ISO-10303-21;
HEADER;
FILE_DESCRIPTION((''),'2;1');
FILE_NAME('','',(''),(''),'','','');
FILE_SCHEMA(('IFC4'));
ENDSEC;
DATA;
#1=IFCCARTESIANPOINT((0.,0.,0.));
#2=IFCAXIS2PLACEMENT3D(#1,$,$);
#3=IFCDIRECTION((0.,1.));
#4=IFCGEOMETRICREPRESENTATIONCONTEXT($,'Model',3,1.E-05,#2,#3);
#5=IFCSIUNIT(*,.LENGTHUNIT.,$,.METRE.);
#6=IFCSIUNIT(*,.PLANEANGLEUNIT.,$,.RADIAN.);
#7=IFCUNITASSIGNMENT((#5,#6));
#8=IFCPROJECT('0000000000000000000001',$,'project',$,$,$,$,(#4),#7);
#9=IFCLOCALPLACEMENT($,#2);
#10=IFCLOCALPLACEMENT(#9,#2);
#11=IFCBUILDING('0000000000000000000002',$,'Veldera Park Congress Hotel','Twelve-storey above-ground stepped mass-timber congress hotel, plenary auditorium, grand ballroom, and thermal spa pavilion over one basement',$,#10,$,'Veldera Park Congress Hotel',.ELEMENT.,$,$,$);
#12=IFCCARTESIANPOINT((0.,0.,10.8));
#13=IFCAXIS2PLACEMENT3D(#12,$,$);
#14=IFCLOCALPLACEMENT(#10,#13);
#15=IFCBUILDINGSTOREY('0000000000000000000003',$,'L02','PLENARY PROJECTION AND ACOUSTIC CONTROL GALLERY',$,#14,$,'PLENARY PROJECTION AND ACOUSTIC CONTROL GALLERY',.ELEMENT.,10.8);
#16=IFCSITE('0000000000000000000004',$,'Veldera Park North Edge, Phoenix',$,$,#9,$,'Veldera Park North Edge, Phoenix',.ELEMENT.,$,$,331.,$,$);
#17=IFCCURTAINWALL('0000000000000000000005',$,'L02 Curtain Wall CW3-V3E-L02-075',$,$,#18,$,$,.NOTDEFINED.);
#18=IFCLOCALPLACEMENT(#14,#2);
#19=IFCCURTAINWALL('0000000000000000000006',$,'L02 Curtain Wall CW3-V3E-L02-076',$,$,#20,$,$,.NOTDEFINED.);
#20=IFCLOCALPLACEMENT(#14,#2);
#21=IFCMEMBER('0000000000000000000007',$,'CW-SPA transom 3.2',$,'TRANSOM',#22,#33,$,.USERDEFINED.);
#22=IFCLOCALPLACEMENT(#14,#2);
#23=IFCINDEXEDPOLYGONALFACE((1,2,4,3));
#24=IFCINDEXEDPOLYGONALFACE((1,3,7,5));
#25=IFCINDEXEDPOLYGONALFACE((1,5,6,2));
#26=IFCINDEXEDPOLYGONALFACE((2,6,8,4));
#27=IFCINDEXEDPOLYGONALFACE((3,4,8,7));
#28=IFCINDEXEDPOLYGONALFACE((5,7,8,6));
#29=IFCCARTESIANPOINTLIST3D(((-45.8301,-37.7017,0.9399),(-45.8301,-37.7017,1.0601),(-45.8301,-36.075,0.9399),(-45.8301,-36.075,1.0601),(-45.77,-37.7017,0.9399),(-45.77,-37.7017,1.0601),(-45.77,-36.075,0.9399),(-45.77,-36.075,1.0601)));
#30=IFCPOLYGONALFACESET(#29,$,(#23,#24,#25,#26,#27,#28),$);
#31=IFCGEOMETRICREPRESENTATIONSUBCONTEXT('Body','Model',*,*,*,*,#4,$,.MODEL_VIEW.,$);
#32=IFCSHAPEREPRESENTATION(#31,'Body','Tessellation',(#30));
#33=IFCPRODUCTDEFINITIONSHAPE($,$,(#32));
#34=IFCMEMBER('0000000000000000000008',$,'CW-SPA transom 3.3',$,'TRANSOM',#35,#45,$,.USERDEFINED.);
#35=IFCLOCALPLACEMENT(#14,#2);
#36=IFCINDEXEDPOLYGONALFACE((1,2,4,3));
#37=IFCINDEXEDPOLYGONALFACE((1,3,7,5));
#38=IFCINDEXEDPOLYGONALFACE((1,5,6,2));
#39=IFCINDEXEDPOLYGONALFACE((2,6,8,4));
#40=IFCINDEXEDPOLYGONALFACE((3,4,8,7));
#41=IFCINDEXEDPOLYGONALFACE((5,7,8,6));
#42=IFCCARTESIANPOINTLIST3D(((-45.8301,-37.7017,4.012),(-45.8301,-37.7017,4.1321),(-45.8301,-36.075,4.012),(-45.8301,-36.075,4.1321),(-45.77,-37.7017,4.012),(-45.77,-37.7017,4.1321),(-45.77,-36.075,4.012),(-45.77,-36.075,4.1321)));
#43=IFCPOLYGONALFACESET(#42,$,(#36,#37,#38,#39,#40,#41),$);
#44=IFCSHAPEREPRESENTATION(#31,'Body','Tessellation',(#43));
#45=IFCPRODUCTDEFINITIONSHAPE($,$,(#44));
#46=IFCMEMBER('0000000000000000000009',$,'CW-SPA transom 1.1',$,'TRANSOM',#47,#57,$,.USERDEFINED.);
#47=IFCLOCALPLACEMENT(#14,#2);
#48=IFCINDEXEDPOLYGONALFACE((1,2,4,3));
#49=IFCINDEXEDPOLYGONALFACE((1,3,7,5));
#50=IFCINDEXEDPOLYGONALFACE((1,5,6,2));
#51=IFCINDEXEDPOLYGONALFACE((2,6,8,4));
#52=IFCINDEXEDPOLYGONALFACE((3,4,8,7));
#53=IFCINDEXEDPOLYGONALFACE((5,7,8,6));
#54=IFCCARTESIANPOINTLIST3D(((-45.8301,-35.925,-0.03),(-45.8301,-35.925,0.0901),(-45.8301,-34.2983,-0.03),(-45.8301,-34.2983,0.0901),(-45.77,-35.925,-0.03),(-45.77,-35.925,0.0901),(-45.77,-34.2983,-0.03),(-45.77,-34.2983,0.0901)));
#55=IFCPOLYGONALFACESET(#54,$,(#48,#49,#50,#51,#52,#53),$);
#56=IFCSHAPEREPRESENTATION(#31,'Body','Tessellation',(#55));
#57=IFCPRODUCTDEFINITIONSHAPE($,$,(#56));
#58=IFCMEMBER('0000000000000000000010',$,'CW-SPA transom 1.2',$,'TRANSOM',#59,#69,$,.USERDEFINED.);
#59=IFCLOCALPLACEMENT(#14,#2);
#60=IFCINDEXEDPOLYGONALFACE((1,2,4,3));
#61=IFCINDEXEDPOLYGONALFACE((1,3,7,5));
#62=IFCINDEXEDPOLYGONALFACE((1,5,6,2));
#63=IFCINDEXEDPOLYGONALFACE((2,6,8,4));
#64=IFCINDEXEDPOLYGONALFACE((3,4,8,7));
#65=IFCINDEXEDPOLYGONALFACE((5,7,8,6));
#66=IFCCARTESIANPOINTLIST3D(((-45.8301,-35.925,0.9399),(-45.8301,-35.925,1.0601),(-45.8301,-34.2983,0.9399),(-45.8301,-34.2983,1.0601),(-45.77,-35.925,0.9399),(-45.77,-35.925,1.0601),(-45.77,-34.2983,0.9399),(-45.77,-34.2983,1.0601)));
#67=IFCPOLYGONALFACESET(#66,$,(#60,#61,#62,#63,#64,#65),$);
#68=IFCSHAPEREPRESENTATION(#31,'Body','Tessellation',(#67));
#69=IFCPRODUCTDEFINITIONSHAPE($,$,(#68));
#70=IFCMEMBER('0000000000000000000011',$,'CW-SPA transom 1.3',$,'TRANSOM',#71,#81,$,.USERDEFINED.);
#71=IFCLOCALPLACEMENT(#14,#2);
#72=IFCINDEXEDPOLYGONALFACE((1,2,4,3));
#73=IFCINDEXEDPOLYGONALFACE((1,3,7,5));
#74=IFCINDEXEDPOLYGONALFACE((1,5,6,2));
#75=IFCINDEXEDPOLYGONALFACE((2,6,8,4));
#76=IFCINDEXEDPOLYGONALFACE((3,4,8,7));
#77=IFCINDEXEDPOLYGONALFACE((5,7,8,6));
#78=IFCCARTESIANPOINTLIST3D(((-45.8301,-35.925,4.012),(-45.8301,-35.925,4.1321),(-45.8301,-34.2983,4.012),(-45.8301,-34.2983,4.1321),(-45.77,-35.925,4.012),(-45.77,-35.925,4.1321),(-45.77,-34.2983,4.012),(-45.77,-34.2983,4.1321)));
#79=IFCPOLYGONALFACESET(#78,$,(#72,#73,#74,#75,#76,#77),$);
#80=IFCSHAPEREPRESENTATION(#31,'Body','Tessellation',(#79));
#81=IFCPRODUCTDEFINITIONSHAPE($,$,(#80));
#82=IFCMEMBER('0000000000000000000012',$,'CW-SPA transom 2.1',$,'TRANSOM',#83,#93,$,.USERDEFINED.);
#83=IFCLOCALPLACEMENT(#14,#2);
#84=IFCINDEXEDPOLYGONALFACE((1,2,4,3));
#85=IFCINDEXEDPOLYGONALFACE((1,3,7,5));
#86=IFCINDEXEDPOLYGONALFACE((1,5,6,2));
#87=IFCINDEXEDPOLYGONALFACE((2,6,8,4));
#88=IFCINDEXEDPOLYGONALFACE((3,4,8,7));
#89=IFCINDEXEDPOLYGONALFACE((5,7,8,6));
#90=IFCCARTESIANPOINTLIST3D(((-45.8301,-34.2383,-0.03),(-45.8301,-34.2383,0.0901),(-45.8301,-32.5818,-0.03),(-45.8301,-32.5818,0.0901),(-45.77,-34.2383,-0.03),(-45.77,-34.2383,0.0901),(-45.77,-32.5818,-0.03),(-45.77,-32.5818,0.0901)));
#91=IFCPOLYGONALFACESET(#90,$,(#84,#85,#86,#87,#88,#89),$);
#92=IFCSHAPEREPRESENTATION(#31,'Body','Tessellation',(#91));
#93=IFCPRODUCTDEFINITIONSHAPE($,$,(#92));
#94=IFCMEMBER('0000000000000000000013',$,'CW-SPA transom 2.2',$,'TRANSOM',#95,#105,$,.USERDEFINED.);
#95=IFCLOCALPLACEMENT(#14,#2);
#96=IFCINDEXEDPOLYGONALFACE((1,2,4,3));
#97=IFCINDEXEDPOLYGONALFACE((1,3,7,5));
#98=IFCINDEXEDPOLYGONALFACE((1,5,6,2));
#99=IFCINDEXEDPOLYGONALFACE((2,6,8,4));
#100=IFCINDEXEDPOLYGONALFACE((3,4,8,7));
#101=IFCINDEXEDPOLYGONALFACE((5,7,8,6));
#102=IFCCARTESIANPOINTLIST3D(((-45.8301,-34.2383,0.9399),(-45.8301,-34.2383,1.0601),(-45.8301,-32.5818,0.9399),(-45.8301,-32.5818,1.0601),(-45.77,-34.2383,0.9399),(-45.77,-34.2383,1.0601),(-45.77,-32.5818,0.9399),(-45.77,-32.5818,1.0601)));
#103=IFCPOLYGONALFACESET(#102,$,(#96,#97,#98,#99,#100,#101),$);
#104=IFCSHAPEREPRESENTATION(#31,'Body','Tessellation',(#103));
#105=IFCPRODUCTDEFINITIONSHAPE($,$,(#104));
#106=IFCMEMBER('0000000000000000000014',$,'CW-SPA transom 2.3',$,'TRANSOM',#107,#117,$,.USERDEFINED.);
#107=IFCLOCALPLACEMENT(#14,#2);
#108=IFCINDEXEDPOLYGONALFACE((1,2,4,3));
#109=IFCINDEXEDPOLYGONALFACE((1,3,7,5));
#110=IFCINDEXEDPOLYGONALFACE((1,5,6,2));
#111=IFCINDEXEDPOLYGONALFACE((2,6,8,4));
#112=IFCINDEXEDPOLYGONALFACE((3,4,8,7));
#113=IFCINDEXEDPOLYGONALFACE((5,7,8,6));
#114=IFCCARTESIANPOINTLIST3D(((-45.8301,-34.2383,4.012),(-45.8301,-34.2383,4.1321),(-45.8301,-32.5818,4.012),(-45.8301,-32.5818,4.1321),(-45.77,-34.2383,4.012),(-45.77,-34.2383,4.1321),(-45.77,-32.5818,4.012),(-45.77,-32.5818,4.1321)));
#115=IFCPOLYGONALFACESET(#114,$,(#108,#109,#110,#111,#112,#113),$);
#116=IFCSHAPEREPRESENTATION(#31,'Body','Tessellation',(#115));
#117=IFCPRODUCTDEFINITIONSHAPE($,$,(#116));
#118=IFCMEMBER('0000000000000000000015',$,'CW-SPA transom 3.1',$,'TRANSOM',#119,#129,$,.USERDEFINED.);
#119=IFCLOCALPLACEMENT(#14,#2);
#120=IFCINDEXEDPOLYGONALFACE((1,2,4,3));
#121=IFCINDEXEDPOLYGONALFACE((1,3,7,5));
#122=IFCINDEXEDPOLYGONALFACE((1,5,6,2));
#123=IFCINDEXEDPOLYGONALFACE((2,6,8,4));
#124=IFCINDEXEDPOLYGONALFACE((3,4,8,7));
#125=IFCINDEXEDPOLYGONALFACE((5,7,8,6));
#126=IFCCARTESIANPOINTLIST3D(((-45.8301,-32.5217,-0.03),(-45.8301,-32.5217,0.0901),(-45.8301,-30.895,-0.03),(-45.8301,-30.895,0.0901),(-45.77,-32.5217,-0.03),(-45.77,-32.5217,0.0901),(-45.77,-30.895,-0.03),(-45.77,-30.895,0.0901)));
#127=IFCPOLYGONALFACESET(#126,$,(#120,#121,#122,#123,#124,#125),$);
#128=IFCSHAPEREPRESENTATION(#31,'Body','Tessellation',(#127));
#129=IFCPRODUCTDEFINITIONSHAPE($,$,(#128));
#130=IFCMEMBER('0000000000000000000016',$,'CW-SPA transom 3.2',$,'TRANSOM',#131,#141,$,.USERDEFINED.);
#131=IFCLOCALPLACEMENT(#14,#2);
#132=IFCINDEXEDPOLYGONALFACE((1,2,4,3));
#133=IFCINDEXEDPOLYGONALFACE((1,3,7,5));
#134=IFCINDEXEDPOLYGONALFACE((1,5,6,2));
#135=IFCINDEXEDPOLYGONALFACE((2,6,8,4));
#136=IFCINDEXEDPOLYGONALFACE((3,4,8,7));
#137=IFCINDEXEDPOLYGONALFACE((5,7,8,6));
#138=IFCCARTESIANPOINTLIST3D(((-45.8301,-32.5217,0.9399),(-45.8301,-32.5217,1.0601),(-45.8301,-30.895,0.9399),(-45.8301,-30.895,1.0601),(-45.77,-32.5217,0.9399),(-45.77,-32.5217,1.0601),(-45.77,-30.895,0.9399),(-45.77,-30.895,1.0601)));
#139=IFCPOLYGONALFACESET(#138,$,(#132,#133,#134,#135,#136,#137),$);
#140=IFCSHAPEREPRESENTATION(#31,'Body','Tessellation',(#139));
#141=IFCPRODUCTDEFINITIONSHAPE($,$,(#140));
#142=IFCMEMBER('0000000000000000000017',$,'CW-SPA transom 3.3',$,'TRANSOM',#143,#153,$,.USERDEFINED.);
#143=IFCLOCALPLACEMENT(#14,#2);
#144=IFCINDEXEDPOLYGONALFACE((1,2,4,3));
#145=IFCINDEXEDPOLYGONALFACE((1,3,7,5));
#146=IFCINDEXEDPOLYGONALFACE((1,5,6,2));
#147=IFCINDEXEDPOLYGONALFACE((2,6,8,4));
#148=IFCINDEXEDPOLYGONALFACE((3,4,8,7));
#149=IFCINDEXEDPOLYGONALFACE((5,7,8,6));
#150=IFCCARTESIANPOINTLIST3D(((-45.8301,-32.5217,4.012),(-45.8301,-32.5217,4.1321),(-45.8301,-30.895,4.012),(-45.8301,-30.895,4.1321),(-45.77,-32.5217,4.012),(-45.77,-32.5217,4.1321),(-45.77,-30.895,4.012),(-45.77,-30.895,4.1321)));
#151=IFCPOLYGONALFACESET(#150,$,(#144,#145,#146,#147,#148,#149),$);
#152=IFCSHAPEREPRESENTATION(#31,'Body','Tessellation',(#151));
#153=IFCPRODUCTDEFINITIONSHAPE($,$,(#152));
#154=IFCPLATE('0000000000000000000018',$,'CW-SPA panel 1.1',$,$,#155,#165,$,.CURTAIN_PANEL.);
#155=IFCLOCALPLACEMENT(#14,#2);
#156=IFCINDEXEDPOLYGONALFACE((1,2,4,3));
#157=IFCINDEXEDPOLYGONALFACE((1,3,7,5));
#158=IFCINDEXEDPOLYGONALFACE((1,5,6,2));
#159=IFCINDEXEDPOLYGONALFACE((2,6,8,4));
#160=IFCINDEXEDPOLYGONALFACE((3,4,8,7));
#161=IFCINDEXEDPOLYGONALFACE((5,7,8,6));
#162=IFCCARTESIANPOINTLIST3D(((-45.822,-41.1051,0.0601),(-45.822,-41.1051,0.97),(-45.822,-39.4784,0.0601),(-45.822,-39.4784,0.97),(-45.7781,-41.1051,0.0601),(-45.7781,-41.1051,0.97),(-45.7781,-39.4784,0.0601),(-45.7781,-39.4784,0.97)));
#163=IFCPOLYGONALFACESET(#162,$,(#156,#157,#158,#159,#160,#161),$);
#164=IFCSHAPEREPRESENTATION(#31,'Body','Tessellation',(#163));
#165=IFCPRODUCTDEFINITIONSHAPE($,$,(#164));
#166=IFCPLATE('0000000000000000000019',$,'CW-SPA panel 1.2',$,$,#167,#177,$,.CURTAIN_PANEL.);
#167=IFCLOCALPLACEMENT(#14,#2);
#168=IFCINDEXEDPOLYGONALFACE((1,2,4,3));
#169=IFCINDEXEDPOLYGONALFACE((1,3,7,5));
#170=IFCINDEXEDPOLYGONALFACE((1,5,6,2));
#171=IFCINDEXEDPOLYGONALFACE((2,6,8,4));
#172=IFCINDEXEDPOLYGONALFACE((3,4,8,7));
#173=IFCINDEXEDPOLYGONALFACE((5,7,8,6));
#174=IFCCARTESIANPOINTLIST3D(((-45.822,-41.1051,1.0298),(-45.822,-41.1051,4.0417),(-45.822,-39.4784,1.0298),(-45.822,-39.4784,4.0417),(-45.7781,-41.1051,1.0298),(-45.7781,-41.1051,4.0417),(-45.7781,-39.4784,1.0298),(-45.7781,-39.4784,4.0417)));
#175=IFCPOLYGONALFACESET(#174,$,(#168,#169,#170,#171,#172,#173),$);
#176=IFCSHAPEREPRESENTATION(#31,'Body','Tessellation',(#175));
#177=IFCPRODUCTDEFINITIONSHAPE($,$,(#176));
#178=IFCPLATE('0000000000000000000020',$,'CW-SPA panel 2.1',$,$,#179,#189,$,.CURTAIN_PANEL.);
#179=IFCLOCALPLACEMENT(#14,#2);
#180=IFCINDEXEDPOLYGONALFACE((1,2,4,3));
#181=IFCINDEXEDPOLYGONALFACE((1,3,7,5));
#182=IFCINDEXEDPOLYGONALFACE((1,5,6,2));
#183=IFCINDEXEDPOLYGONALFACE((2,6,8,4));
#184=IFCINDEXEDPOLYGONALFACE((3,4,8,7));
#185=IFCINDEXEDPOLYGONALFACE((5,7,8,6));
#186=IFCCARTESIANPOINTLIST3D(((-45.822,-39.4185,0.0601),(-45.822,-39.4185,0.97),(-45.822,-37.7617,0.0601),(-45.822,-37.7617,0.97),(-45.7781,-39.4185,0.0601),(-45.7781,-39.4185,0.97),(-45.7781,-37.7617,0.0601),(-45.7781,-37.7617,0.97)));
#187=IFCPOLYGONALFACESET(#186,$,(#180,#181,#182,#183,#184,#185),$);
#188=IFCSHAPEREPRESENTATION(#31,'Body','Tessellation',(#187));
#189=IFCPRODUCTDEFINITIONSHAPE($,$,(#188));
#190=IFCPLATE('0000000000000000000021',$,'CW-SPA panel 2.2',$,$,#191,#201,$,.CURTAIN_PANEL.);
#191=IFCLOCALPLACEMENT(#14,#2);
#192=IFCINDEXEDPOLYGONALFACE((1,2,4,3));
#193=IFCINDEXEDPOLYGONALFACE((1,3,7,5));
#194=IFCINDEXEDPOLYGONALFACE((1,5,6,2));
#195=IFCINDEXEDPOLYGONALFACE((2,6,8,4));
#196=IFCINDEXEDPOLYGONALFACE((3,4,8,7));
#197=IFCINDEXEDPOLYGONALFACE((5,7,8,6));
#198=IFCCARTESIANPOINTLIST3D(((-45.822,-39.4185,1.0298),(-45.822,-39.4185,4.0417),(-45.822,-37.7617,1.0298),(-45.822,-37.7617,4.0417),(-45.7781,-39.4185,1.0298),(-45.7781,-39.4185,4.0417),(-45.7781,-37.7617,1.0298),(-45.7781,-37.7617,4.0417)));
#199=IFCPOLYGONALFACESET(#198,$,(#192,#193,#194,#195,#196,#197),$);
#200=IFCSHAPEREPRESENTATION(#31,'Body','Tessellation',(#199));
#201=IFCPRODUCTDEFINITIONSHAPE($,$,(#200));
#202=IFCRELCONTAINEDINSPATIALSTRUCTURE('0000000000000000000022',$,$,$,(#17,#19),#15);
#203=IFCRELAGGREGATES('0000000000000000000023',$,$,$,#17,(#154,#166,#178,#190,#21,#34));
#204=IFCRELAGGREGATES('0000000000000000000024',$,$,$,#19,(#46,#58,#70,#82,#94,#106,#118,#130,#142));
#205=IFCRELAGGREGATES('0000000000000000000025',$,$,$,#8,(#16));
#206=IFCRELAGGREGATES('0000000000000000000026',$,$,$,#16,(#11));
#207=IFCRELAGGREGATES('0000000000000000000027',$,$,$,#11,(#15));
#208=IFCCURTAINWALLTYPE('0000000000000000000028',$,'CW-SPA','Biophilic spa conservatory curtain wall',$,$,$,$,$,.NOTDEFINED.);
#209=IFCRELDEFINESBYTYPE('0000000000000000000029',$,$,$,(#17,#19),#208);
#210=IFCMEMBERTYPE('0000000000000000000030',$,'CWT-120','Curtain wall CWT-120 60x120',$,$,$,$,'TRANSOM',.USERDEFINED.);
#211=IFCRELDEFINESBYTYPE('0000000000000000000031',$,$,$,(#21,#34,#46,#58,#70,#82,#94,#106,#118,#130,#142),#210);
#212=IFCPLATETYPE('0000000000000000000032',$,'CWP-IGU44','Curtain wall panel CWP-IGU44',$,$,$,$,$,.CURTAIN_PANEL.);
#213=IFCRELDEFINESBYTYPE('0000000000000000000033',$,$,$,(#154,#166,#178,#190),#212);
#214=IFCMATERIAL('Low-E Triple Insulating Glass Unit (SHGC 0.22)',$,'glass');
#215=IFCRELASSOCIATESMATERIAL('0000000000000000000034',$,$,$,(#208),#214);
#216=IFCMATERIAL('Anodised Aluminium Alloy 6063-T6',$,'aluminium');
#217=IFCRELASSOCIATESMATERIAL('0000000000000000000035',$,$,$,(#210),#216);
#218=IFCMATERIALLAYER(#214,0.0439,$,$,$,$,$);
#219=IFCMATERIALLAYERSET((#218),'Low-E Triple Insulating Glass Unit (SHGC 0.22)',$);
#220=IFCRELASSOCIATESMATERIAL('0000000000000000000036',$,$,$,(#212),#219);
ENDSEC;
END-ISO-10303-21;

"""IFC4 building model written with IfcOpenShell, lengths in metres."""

from ifc_helpers import new_model, si_unit, direction, frame, origin, origin_2d, place, context, subcontext, project, spatial, rectangle, extrude, material, layer, layer_set, material_profile, profile_set, type_object, element, aggregate, save


model = new_model("IFC4")

# Units and contexts
model_context = context("Model", 3, precision=1e-05, world=origin(), true_north=direction((0.0, 1.0)))
body_context = subcontext(model_context, "Body", "Model", "MODEL_VIEW")
ifc_project = project(units=[si_unit("LENGTHUNIT", "METRE"), si_unit("PLANEANGLEUNIT", "RADIAN")], contexts=[model_context])

# Site, building, storey
site_placement = place(None, origin())
site = spatial("IfcSite", under=ifc_project, at=site_placement, Name="Veldera Park North Edge, Phoenix", LongName="Veldera Park North Edge, Phoenix", CompositionType="ELEMENT", RefElevation=331.0)
building_placement = place(site_placement, origin())
building = spatial("IfcBuilding", under=site, at=building_placement, Name="Veldera Park Congress Hotel", Description="Twelve-storey above-ground stepped mass-timber congress hotel, plenary auditorium, grand ballroom, and thermal spa pavilion over one basement", LongName="Veldera Park Congress Hotel", CompositionType="ELEMENT")
storey_placement = place(building_placement, frame((0.0, 0.0, 10.8)))
storey = spatial("IfcBuildingStorey", under=building, at=storey_placement, Name="L02", Description="PLENARY PROJECTION AND ACOUSTIC CONTROL GALLERY", LongName="PLENARY PROJECTION AND ACOUSTIC CONTROL GALLERY", CompositionType="ELEMENT", Elevation=10.8)

# Curtain walls
ifc_material_1 = material(Name="Low-E Triple Insulating Glass Unit (SHGC 0.22)", Category="glass")
curtain_wall_type = type_object("IfcCurtainWallType", Name="CW-SPA", Description="Biophilic spa conservatory curtain wall", PredefinedType="NOTDEFINED", material=ifc_material_1)
curtain_wall_1_placement = place(storey_placement, origin())
curtain_wall_1 = element("IfcCurtainWall", 1, at=curtain_wall_1_placement, inside=storey, type_object=curtain_wall_type, Name="L02 Curtain Wall CW3-V3E-L02-075", PredefinedType="NOTDEFINED")
ifc_material_2 = material(Name="Anodised Aluminium Alloy 6063-T6", Category="aluminium")
curtain_wall_2_placement = place(storey_placement, origin())
curtain_wall_2 = element("IfcCurtainWall", 2, at=curtain_wall_2_placement, inside=storey, type_object=curtain_wall_type, Name="L02 Curtain Wall CW3-V3E-L02-076", PredefinedType="NOTDEFINED")

# Members
ifc_material_profile_1 = material_profile(ifc_material_2, rectangle(XDim=0.0601, YDim=0.1201, at=origin_2d()), Name="ALU 60x120")
ifc_profile_set_1 = profile_set([ifc_material_profile_1], Name="Anodised Aluminium Alloy 6063-T6")
member_type_1 = type_object("IfcMemberType", Name="CWT-120", Description="Curtain wall CWT-120 60x120", ElementType="TRANSOM", PredefinedType="USERDEFINED", material=ifc_profile_set_1)
member_1_placement = place(storey_placement, frame((-45.8, -37.7017, 1.0), z_axis=(0.0, 1.0, 0.0), x_axis=(-1.0, 0.0, 0.0)))
member_1 = element("IfcMember", 3, at=member_1_placement, type_object=member_type_1, Name="CW-SPA transom 3.2", ObjectType="TRANSOM", PredefinedType="USERDEFINED", context=body_context, shape_type="SweptSolid", body=[
    extrude(rectangle(XDim=0.0601, YDim=0.1201, at=origin_2d()), origin(), (0.0, 0.0, 1.0), 1.6267),
])
member_2_placement = place(storey_placement, frame((-45.8, -37.7017, 4.072), z_axis=(0.0, 1.0, 0.0), x_axis=(-1.0, 0.0, 0.0)))
member_2 = element("IfcMember", 4, at=member_2_placement, type_object=member_type_1, Name="CW-SPA transom 3.3", ObjectType="TRANSOM", PredefinedType="USERDEFINED", context=body_context, shape_type="SweptSolid", body=[
    extrude(rectangle(XDim=0.0601, YDim=0.1201, at=origin_2d()), origin(), (0.0, 0.0, 1.0), 1.6267),
])
member_3_placement = place(storey_placement, frame((-45.8, -35.925, 0.03), z_axis=(0.0, 1.0, 0.0), x_axis=(-1.0, 0.0, 0.0)))
member_3 = element("IfcMember", 5, at=member_3_placement, type_object=member_type_1, Name="CW-SPA transom 1.1", ObjectType="TRANSOM", PredefinedType="USERDEFINED", context=body_context, shape_type="SweptSolid", body=[
    extrude(rectangle(XDim=0.0601, YDim=0.1201, at=origin_2d()), origin(), (0.0, 0.0, 1.0), 1.6267),
])
member_4_placement = place(storey_placement, frame((-45.8, -35.925, 1.0), z_axis=(0.0, 1.0, 0.0), x_axis=(-1.0, 0.0, 0.0)))
member_4 = element("IfcMember", 6, at=member_4_placement, type_object=member_type_1, Name="CW-SPA transom 1.2", ObjectType="TRANSOM", PredefinedType="USERDEFINED", context=body_context, shape_type="SweptSolid", body=[
    extrude(rectangle(XDim=0.0601, YDim=0.1201, at=origin_2d()), origin(), (0.0, 0.0, 1.0), 1.6267),
])
member_5_placement = place(storey_placement, frame((-45.8, -35.925, 4.072), z_axis=(0.0, 1.0, 0.0), x_axis=(-1.0, 0.0, 0.0)))
member_5 = element("IfcMember", 7, at=member_5_placement, type_object=member_type_1, Name="CW-SPA transom 1.3", ObjectType="TRANSOM", PredefinedType="USERDEFINED", context=body_context, shape_type="SweptSolid", body=[
    extrude(rectangle(XDim=0.0601, YDim=0.1201, at=origin_2d()), origin(), (0.0, 0.0, 1.0), 1.6267),
])
member_6_placement = place(storey_placement, frame((-45.8, -34.2383, 0.03), z_axis=(0.0, 1.0, 0.0), x_axis=(-1.0, 0.0, 0.0)))
member_6 = element("IfcMember", 8, at=member_6_placement, type_object=member_type_1, Name="CW-SPA transom 2.1", ObjectType="TRANSOM", PredefinedType="USERDEFINED", context=body_context, shape_type="SweptSolid", body=[
    extrude(rectangle(XDim=0.0601, YDim=0.1201, at=origin_2d()), origin(), (0.0, 0.0, 1.0), 1.6565),
])
member_7_placement = place(storey_placement, frame((-45.8, -34.2383, 1.0), z_axis=(0.0, 1.0, 0.0), x_axis=(-1.0, 0.0, 0.0)))
member_7 = element("IfcMember", 9, at=member_7_placement, type_object=member_type_1, Name="CW-SPA transom 2.2", ObjectType="TRANSOM", PredefinedType="USERDEFINED", context=body_context, shape_type="SweptSolid", body=[
    extrude(rectangle(XDim=0.0601, YDim=0.1201, at=origin_2d()), origin(), (0.0, 0.0, 1.0), 1.6565),
])
member_8_placement = place(storey_placement, frame((-45.8, -34.2383, 4.072), z_axis=(0.0, 1.0, 0.0), x_axis=(-1.0, 0.0, 0.0)))
member_8 = element("IfcMember", 10, at=member_8_placement, type_object=member_type_1, Name="CW-SPA transom 2.3", ObjectType="TRANSOM", PredefinedType="USERDEFINED", context=body_context, shape_type="SweptSolid", body=[
    extrude(rectangle(XDim=0.0601, YDim=0.1201, at=origin_2d()), origin(), (0.0, 0.0, 1.0), 1.6565),
])
member_9_placement = place(storey_placement, frame((-45.8, -32.5217, 0.03), z_axis=(0.0, 1.0, 0.0), x_axis=(-1.0, 0.0, 0.0)))
member_9 = element("IfcMember", 11, at=member_9_placement, type_object=member_type_1, Name="CW-SPA transom 3.1", ObjectType="TRANSOM", PredefinedType="USERDEFINED", context=body_context, shape_type="SweptSolid", body=[
    extrude(rectangle(XDim=0.0601, YDim=0.1201, at=origin_2d()), origin(), (0.0, 0.0, 1.0), 1.6267),
])
member_10_placement = place(storey_placement, frame((-45.8, -32.5217, 1.0), z_axis=(0.0, 1.0, 0.0), x_axis=(-1.0, 0.0, 0.0)))
member_10 = element("IfcMember", 12, at=member_10_placement, type_object=member_type_1, Name="CW-SPA transom 3.2", ObjectType="TRANSOM", PredefinedType="USERDEFINED", context=body_context, shape_type="SweptSolid", body=[
    extrude(rectangle(XDim=0.0601, YDim=0.1201, at=origin_2d()), origin(), (0.0, 0.0, 1.0), 1.6267),
])
member_11_placement = place(storey_placement, frame((-45.8, -32.5217, 4.072), z_axis=(0.0, 1.0, 0.0), x_axis=(-1.0, 0.0, 0.0)))
member_11 = element("IfcMember", 13, at=member_11_placement, type_object=member_type_1, Name="CW-SPA transom 3.3", ObjectType="TRANSOM", PredefinedType="USERDEFINED", context=body_context, shape_type="SweptSolid", body=[
    extrude(rectangle(XDim=0.0601, YDim=0.1201, at=origin_2d()), origin(), (0.0, 0.0, 1.0), 1.6267),
])

# Plates
ifc_layer = layer(ifc_material_1, 0.0439)
ifc_layer_set = layer_set([ifc_layer], Name="Low-E Triple Insulating Glass Unit (SHGC 0.22)")
plate_type = type_object("IfcPlateType", Name="CWP-IGU44", Description="Curtain wall panel CWP-IGU44", PredefinedType="CURTAIN_PANEL", material=ifc_layer_set)
plate_1_placement = place(storey_placement, frame((-45.8, -40.2917, 0.0601), z_axis=(0.0, 0.0, 1.0), x_axis=(0.0, 1.0, 0.0)))
plate_1 = element("IfcPlate", 14, at=plate_1_placement, type_object=plate_type, Name="CW-SPA panel 1.1", PredefinedType="CURTAIN_PANEL", context=body_context, shape_type="SweptSolid", body=[
    extrude(rectangle(XDim=1.6267, YDim=0.0439, at=origin_2d()), origin(), (0.0, 0.0, 1.0), 0.9099),
])
plate_2_placement = place(storey_placement, frame((-45.8, -40.2917, 1.0298), z_axis=(0.0, 0.0, 1.0), x_axis=(0.0, 1.0, 0.0)))
plate_2 = element("IfcPlate", 15, at=plate_2_placement, type_object=plate_type, Name="CW-SPA panel 1.2", PredefinedType="CURTAIN_PANEL", context=body_context, shape_type="SweptSolid", body=[
    extrude(rectangle(XDim=1.6267, YDim=0.0439, at=origin_2d()), origin(), (0.0, 0.0, 1.0), 3.012),
])
plate_3_placement = place(storey_placement, frame((-45.8, -38.5901, 0.0601), z_axis=(0.0, 0.0, 1.0), x_axis=(0.0, 1.0, 0.0)))
plate_3 = element("IfcPlate", 16, at=plate_3_placement, type_object=plate_type, Name="CW-SPA panel 2.1", PredefinedType="CURTAIN_PANEL", context=body_context, shape_type="SweptSolid", body=[
    extrude(rectangle(XDim=1.6567, YDim=0.0439, at=origin_2d()), origin(), (0.0, 0.0, 1.0), 0.9099),
])
plate_4_placement = place(storey_placement, frame((-45.8, -38.5901, 1.0298), z_axis=(0.0, 0.0, 1.0), x_axis=(0.0, 1.0, 0.0)))
plate_4 = element("IfcPlate", 17, at=plate_4_placement, type_object=plate_type, Name="CW-SPA panel 2.2", PredefinedType="CURTAIN_PANEL", context=body_context, shape_type="SweptSolid", body=[
    extrude(rectangle(XDim=1.6567, YDim=0.0439, at=origin_2d()), origin(), (0.0, 0.0, 1.0), 3.012),
])
aggregate(curtain_wall_1, [plate_1, plate_2, plate_3, plate_4, member_1, member_2])
aggregate(curtain_wall_2, [member_3, member_4, member_5, member_6, member_7, member_8, member_9, member_10, member_11])

save(model, "model.ifc")
